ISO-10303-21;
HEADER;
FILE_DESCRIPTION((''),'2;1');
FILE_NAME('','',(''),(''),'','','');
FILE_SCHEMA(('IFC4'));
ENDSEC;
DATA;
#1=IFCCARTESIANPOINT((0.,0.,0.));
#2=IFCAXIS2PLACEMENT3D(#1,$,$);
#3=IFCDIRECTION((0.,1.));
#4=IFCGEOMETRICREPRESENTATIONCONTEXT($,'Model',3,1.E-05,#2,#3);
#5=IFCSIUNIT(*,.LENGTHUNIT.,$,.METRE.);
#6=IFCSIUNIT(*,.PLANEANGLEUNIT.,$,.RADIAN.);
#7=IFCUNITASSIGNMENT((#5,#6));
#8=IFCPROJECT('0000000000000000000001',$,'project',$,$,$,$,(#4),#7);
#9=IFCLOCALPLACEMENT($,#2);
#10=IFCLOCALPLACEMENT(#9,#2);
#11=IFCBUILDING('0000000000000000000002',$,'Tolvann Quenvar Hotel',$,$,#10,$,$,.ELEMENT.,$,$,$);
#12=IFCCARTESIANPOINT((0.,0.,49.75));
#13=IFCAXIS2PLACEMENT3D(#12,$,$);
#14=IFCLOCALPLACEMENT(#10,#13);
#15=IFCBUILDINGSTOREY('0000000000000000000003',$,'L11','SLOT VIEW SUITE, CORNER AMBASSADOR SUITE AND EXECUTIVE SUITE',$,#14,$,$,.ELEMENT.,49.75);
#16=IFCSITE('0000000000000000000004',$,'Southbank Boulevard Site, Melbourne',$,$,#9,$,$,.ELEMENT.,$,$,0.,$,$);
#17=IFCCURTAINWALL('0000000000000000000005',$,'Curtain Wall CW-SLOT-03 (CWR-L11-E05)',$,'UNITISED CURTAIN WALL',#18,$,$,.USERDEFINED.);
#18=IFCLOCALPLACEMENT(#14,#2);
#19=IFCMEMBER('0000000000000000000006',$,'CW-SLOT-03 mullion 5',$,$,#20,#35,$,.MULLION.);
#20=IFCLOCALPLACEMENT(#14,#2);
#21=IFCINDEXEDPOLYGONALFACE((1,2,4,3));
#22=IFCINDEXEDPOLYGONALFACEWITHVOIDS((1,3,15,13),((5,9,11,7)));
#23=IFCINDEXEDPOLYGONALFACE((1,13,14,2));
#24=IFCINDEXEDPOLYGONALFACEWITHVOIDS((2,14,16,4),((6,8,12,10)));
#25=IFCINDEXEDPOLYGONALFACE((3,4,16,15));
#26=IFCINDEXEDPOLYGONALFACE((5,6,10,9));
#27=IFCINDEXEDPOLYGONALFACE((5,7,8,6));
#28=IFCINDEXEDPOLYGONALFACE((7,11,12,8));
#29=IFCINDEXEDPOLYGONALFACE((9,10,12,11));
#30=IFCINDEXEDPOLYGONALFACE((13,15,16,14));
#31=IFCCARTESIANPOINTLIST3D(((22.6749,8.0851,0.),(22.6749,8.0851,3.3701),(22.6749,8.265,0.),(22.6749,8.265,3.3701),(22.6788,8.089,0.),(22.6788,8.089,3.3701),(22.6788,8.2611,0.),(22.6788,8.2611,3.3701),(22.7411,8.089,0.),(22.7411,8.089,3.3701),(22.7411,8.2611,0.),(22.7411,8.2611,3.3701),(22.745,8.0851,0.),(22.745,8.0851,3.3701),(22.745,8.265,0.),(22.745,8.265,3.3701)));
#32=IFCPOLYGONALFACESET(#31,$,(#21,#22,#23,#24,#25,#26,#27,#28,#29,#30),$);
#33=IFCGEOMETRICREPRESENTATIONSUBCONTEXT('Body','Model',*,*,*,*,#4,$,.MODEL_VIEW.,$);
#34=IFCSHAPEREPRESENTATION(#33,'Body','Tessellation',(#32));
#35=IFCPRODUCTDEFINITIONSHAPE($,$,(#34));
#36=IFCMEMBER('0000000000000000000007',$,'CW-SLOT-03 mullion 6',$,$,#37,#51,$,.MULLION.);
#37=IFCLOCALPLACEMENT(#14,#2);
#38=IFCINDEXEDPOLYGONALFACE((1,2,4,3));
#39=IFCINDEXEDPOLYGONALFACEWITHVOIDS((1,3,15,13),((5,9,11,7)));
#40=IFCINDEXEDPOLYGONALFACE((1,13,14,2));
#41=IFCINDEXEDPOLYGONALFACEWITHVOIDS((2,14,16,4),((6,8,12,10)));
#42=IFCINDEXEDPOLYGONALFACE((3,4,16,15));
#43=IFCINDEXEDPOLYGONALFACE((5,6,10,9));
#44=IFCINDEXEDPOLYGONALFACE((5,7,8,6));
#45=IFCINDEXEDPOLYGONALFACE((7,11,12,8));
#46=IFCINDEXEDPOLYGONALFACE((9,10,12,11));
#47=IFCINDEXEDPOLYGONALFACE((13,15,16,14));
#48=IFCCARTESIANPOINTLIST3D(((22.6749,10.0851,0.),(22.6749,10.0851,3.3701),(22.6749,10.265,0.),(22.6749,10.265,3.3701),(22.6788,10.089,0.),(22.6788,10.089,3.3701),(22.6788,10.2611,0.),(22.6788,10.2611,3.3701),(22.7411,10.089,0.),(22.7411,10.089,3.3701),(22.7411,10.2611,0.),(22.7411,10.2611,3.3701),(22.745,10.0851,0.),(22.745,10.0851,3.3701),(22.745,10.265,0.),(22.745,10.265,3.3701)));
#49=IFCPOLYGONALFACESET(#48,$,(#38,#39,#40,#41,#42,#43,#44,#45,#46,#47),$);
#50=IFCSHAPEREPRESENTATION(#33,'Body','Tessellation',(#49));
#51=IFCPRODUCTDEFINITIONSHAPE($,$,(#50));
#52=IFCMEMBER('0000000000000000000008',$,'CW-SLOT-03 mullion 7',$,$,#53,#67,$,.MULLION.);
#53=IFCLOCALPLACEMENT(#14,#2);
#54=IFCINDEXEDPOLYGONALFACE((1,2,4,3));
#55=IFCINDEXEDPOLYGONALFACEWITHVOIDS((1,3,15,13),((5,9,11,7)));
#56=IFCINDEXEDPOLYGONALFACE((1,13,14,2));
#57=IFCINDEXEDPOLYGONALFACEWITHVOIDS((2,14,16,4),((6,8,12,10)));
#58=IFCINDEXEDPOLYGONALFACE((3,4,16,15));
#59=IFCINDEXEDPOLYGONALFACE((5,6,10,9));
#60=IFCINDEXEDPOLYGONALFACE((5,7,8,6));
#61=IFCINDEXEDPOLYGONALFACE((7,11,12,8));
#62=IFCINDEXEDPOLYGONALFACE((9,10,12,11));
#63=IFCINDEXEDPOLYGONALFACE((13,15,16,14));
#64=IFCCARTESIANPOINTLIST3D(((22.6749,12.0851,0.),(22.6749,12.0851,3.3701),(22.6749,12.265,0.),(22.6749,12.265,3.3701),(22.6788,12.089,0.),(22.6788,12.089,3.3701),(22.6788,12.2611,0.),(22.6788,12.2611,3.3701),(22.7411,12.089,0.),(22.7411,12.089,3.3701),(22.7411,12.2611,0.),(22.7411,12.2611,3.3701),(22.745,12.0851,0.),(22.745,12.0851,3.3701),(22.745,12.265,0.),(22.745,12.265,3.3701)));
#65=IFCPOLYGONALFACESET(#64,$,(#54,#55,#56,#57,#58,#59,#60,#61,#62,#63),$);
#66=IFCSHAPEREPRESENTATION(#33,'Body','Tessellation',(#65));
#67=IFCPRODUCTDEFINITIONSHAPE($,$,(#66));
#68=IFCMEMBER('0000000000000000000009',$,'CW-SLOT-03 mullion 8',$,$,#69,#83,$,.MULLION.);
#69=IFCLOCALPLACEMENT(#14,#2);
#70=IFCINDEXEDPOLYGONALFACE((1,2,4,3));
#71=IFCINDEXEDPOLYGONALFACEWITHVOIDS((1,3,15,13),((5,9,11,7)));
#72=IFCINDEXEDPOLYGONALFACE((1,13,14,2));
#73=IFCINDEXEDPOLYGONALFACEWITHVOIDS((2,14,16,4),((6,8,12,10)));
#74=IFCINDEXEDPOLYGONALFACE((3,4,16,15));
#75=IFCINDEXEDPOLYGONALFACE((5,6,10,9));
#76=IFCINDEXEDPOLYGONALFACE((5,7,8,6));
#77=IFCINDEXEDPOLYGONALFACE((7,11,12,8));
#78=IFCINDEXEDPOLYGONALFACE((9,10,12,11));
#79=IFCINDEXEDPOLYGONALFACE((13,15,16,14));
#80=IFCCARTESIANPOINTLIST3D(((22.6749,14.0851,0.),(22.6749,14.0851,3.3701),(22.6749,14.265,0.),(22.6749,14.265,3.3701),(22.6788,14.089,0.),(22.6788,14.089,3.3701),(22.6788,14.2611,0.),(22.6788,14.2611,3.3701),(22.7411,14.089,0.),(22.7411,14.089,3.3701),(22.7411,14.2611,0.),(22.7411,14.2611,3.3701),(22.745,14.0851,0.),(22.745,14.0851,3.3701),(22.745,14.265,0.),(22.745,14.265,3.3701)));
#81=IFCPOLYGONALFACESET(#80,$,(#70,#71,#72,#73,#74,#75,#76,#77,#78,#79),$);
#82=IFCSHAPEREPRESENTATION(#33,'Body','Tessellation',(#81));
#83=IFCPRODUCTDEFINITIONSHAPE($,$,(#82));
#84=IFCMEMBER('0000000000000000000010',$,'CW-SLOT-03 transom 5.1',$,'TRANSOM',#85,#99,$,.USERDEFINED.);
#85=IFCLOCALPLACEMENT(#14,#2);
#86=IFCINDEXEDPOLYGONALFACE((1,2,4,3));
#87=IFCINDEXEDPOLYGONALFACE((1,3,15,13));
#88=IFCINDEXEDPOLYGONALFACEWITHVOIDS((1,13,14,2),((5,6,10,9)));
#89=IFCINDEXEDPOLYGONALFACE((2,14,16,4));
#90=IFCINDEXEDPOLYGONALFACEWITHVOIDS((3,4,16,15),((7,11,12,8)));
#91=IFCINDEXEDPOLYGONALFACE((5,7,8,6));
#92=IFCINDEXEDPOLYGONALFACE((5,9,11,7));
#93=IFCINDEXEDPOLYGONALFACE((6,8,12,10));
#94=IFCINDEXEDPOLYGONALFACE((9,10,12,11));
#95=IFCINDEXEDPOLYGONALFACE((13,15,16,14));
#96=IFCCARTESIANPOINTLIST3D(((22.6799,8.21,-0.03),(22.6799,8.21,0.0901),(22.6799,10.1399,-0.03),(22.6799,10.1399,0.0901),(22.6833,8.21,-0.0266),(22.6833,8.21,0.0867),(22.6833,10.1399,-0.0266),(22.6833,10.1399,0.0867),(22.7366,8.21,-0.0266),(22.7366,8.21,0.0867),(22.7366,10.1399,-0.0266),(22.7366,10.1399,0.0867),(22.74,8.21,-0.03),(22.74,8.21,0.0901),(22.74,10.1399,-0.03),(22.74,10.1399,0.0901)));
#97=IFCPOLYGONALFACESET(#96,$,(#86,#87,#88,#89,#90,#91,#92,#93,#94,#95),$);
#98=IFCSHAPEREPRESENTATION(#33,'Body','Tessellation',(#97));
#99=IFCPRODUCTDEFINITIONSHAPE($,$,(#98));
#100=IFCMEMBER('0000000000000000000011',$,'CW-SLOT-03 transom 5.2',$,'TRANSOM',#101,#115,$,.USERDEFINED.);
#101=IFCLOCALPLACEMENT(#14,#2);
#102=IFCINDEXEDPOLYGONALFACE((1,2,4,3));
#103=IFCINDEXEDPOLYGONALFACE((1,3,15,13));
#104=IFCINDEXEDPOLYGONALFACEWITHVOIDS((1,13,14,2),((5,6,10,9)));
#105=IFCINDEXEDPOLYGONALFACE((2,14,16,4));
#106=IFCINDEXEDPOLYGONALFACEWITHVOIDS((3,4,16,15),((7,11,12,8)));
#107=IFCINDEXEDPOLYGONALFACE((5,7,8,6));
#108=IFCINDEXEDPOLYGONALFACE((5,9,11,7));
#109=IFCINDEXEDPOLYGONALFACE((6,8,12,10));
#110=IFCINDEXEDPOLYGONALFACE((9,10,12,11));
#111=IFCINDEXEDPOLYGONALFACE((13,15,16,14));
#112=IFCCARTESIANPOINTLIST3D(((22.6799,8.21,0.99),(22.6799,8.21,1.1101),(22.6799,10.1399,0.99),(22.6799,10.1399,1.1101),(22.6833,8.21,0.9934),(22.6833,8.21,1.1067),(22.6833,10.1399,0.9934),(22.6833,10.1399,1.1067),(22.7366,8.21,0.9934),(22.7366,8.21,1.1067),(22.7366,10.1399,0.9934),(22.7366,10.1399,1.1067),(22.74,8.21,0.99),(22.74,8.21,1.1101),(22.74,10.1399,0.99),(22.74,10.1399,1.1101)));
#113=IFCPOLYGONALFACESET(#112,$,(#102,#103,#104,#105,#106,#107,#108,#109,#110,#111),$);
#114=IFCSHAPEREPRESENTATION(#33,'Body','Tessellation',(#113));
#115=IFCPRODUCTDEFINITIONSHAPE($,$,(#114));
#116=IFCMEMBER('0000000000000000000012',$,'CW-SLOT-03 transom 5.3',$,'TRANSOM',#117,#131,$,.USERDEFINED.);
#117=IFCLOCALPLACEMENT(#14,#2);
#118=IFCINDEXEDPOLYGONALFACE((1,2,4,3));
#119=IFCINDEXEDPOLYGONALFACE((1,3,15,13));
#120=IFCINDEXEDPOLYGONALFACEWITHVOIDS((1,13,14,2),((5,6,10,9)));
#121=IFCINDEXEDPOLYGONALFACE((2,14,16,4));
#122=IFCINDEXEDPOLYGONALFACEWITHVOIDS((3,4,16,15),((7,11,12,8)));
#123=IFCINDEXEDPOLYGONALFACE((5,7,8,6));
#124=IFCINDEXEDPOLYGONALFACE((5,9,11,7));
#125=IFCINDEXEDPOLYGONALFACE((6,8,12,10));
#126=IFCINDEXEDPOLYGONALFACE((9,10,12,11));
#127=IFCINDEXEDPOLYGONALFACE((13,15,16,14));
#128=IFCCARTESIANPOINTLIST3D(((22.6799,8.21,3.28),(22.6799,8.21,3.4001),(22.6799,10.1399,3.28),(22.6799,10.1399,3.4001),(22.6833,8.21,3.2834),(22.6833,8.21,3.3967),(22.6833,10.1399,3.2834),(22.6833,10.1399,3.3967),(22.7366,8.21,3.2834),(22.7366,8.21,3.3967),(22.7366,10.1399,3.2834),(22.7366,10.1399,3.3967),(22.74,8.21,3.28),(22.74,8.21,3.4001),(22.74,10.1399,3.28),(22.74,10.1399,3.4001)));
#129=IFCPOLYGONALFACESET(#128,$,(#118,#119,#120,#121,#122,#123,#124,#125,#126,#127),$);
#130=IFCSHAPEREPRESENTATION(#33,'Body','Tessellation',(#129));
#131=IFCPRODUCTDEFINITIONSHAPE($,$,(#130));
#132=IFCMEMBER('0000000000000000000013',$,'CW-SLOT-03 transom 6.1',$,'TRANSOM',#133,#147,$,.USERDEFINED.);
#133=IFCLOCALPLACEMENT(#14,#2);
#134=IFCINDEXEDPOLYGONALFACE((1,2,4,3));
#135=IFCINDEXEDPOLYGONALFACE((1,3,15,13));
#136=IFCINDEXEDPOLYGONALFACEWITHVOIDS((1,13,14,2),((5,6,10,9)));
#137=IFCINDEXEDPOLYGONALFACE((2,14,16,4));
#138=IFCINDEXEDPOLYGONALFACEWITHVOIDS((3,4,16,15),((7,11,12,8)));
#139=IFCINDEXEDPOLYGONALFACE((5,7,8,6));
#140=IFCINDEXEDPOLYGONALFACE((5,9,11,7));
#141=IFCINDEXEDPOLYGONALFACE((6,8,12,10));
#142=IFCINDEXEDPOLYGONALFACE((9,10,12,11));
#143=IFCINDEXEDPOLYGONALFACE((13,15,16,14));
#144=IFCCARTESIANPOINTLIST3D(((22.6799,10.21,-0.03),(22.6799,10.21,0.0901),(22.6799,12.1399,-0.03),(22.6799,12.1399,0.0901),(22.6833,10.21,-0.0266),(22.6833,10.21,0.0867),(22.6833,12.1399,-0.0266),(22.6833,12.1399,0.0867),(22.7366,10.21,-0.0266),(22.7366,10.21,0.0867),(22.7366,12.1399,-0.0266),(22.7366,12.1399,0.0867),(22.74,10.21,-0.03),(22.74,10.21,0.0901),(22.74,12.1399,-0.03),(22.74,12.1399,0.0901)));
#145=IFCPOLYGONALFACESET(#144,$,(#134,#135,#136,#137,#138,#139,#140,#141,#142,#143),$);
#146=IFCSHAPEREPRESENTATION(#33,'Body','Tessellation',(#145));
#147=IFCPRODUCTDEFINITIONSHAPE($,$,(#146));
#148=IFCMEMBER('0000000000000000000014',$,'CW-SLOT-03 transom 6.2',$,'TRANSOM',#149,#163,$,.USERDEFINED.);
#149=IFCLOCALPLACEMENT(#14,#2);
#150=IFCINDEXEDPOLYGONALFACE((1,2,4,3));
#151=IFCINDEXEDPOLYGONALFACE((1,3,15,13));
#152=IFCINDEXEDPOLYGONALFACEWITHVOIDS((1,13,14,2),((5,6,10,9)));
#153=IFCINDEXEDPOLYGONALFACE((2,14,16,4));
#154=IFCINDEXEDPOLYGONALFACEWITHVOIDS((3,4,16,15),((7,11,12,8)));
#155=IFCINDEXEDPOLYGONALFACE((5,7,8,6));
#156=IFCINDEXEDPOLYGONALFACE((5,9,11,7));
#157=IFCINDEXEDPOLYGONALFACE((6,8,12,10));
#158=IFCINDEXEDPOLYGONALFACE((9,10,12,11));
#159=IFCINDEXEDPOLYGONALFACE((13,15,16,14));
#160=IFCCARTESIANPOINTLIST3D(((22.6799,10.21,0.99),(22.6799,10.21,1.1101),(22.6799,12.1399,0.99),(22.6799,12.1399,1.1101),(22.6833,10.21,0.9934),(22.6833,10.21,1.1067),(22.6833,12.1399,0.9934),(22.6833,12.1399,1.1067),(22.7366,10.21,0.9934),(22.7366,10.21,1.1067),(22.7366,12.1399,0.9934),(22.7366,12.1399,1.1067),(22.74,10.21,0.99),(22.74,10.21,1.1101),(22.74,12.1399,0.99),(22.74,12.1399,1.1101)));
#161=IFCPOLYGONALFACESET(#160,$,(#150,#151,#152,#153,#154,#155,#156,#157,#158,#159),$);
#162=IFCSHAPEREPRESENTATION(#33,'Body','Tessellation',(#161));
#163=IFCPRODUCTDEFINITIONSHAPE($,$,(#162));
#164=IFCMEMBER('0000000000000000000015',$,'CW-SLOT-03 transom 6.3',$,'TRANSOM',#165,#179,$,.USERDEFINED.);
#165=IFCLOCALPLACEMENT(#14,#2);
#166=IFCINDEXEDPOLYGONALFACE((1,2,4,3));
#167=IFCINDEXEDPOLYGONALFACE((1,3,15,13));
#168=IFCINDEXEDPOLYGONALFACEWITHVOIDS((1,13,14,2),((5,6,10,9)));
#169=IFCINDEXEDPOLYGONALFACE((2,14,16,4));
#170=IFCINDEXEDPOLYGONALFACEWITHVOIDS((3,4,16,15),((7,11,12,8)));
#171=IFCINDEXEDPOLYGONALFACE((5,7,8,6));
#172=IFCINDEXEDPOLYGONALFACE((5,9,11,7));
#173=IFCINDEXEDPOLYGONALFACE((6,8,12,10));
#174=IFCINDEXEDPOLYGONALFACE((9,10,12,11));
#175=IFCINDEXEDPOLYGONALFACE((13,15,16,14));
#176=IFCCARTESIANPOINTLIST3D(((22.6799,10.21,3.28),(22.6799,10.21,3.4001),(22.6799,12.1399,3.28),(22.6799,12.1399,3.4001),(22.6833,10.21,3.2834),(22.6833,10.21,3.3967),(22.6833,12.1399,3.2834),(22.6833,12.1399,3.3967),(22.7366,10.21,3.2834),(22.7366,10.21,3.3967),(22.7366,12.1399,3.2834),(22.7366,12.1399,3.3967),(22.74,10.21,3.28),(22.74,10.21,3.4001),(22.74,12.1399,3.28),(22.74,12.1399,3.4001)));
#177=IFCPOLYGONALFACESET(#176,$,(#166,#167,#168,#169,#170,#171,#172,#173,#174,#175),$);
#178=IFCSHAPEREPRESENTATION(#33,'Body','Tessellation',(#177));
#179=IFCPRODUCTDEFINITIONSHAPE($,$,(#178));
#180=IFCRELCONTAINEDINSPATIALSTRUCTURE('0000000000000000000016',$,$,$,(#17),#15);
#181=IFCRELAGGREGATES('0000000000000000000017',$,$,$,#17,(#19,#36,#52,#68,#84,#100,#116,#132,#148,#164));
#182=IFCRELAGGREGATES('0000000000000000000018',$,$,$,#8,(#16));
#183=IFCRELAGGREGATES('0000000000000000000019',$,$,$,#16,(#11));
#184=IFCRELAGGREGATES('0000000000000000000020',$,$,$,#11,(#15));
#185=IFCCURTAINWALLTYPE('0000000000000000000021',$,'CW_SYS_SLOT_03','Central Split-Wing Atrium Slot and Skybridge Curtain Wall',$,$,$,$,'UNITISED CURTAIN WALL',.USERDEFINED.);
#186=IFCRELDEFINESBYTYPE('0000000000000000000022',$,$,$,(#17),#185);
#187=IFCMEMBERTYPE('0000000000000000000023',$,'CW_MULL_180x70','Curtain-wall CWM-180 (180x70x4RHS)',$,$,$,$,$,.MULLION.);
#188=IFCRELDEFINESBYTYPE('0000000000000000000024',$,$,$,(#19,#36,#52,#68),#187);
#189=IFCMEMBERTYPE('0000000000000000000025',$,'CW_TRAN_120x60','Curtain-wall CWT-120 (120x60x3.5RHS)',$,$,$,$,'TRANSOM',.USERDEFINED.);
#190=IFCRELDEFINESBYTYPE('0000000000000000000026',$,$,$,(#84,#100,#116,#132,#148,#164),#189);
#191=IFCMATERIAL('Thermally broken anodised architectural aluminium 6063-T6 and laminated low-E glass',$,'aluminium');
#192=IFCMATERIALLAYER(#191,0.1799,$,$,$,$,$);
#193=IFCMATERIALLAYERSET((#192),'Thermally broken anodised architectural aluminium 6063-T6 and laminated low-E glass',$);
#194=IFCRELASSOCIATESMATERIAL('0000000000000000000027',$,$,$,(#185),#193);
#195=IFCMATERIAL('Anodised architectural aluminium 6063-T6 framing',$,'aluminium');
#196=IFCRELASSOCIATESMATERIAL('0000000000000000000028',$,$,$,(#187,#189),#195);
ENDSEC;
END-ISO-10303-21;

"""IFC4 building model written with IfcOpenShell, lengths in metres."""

from ifc_helpers import new_model, si_unit, direction, frame, origin, origin_2d, place, context, subcontext, project, spatial, hollow_rectangle, extrude, source, transform, mapped, material, layer, layer_set, material_profile, profile_set, type_object, type_shapes, element, aggregate, save


model = new_model("IFC4")

# Units and contexts
model_context = context("Model", 3, precision=1e-05, world=origin(), true_north=direction((0.0, 1.0)))
body_context = subcontext(model_context, "Body", "Model", "MODEL_VIEW")
ifc_project = project(units=[si_unit("LENGTHUNIT", "METRE"), si_unit("PLANEANGLEUNIT", "RADIAN")], contexts=[model_context])

# Site, building, storey
site_placement = place(None, origin())
site = spatial("IfcSite", under=ifc_project, at=site_placement, Name="Southbank Boulevard Site, Melbourne", CompositionType="ELEMENT", RefElevation=0.0)
building_placement = place(site_placement, origin())
building = spatial("IfcBuilding", under=site, at=building_placement, Name="Tolvann Quenvar Hotel", CompositionType="ELEMENT")
storey_placement = place(building_placement, frame((0.0, 0.0, 49.75)))
storey = spatial("IfcBuildingStorey", under=building, at=storey_placement, Name="L11", Description="SLOT VIEW SUITE, CORNER AMBASSADOR SUITE AND EXECUTIVE SUITE", CompositionType="ELEMENT", Elevation=49.75)

# Curtain wall, members
ifc_material_1 = material(Name="Thermally broken anodised architectural aluminium 6063-T6 and laminated low-E glass", Category="aluminium")
ifc_layer_1 = layer(ifc_material_1, 0.1799)
ifc_layer_set_1 = layer_set([ifc_layer_1], Name="Thermally broken anodised architectural aluminium 6063-T6 and laminated low-E glass")
curtain_wall_type = type_object("IfcCurtainWallType", Name="CW_SYS_SLOT_03", Description="Central Split-Wing Atrium Slot and Skybridge Curtain Wall", ElementType="UNITISED CURTAIN WALL", PredefinedType="USERDEFINED", material=ifc_layer_set_1)
curtain_wall_placement = place(storey_placement, origin())
curtain_wall = element("IfcCurtainWall", 1, at=curtain_wall_placement, inside=storey, type_object=curtain_wall_type, Name="Curtain Wall CW-SLOT-03 (CWR-L11-E05)", ObjectType="UNITISED CURTAIN WALL", PredefinedType="USERDEFINED")
ifc_material_2 = material(Name="Anodised architectural aluminium 6063-T6 framing", Category="aluminium")
ifc_material_profile_1 = material_profile(ifc_material_2, hollow_rectangle(XDim=0.0701, YDim=0.1799, WallThickness=0.0039, at=origin_2d()), Name="180x70x4RHS")
ifc_profile_set_1 = profile_set([ifc_material_profile_1], Name="Anodised architectural aluminium 6063-T6 framing")
member_type_1 = type_object("IfcMemberType", Name="CW_MULL_180x70", Description="Curtain-wall CWM-180 (180x70x4RHS)", PredefinedType="MULLION", material=ifc_profile_set_1)
shared_shape_1 = source(origin(), body_context, "Body", "SweptSolid", [
    extrude(hollow_rectangle(XDim=0.0701, YDim=0.1799, WallThickness=0.0039, at=origin_2d()), origin(), (0.0, 0.0, 1.0), 3.3701),
])
type_shapes(member_type_1, [shared_shape_1])
member_1_placement = place(storey_placement, frame((22.71, 8.175, 0.0), z_axis=(0.0, 0.0, 1.0), x_axis=(-1.0, 0.0, 0.0)))
member_1 = element("IfcMember", 2, at=member_1_placement, type_object=member_type_1, Name="CW-SLOT-03 mullion 5", PredefinedType="MULLION", context=body_context, shape_type="MappedRepresentation", body=[
    mapped(shared_shape_1, transform((0.0, 0.0, 0.0), x_axis=(1.0, 0.0, 0.0), y_axis=(0.0, 1.0, 0.0), z_axis=(0.0, 0.0, 1.0), scale=1.0)),
])
member_2_placement = place(storey_placement, frame((22.71, 10.175, 0.0), z_axis=(0.0, 0.0, 1.0), x_axis=(-1.0, 0.0, 0.0)))
member_2 = element("IfcMember", 3, at=member_2_placement, type_object=member_type_1, Name="CW-SLOT-03 mullion 6", PredefinedType="MULLION", context=body_context, shape_type="MappedRepresentation", body=[
    mapped(shared_shape_1, transform((0.0, 0.0, 0.0), x_axis=(1.0, 0.0, 0.0), y_axis=(0.0, 1.0, 0.0), z_axis=(0.0, 0.0, 1.0), scale=1.0)),
])
member_3_placement = place(storey_placement, frame((22.71, 12.175, 0.0), z_axis=(0.0, 0.0, 1.0), x_axis=(-1.0, 0.0, 0.0)))
member_3 = element("IfcMember", 4, at=member_3_placement, type_object=member_type_1, Name="CW-SLOT-03 mullion 7", PredefinedType="MULLION", context=body_context, shape_type="MappedRepresentation", body=[
    mapped(shared_shape_1, transform((0.0, 0.0, 0.0), x_axis=(1.0, 0.0, 0.0), y_axis=(0.0, 1.0, 0.0), z_axis=(0.0, 0.0, 1.0), scale=1.0)),
])
member_4_placement = place(storey_placement, frame((22.71, 14.175, 0.0), z_axis=(0.0, 0.0, 1.0), x_axis=(-1.0, 0.0, 0.0)))
member_4 = element("IfcMember", 5, at=member_4_placement, type_object=member_type_1, Name="CW-SLOT-03 mullion 8", PredefinedType="MULLION", context=body_context, shape_type="MappedRepresentation", body=[
    mapped(shared_shape_1, transform((0.0, 0.0, 0.0), x_axis=(1.0, 0.0, 0.0), y_axis=(0.0, 1.0, 0.0), z_axis=(0.0, 0.0, 1.0), scale=1.0)),
])
ifc_material_profile_2 = material_profile(ifc_material_2, hollow_rectangle(XDim=0.0601, YDim=0.1201, WallThickness=0.0034, at=origin_2d()), Name="120x60x3.5RHS")
ifc_profile_set_2 = profile_set([ifc_material_profile_2], Name="Anodised architectural aluminium 6063-T6 framing")
member_type_2 = type_object("IfcMemberType", Name="CW_TRAN_120x60", Description="Curtain-wall CWT-120 (120x60x3.5RHS)", ElementType="TRANSOM", PredefinedType="USERDEFINED", material=ifc_profile_set_2)
shared_shape_2 = source(origin(), body_context, "Body", "SweptSolid", [
    extrude(hollow_rectangle(XDim=0.0601, YDim=0.1201, WallThickness=0.0034, at=origin_2d()), origin(), (0.0, 0.0, 1.0), 1.9299),
])
member_5_placement = place(storey_placement, frame((22.71, 8.21, 0.03), z_axis=(0.0, 1.0, 0.0), x_axis=(-1.0, 0.0, 0.0)))
member_5 = element("IfcMember", 6, at=member_5_placement, type_object=member_type_2, Name="CW-SLOT-03 transom 5.1", ObjectType="TRANSOM", PredefinedType="USERDEFINED", context=body_context, shape_type="MappedRepresentation", body=[
    mapped(shared_shape_2, transform((0.0, 0.0, 0.0), x_axis=(1.0, 0.0, 0.0), y_axis=(0.0, 1.0, 0.0), z_axis=(0.0, 0.0, 1.0), scale=1.0)),
])
member_6_placement = place(storey_placement, frame((22.71, 8.21, 1.05), z_axis=(0.0, 1.0, 0.0), x_axis=(-1.0, 0.0, 0.0)))
member_6 = element("IfcMember", 7, at=member_6_placement, type_object=member_type_2, Name="CW-SLOT-03 transom 5.2", ObjectType="TRANSOM", PredefinedType="USERDEFINED", context=body_context, shape_type="MappedRepresentation", body=[
    mapped(shared_shape_2, transform((0.0, 0.0, 0.0), x_axis=(1.0, 0.0, 0.0), y_axis=(0.0, 1.0, 0.0), z_axis=(0.0, 0.0, 1.0), scale=1.0)),
])
member_7_placement = place(storey_placement, frame((22.71, 8.21, 3.3401), z_axis=(0.0, 1.0, 0.0), x_axis=(-1.0, 0.0, 0.0)))
member_7 = element("IfcMember", 8, at=member_7_placement, type_object=member_type_2, Name="CW-SLOT-03 transom 5.3", ObjectType="TRANSOM", PredefinedType="USERDEFINED", context=body_context, shape_type="MappedRepresentation", body=[
    mapped(shared_shape_2, transform((0.0, 0.0, 0.0), x_axis=(1.0, 0.0, 0.0), y_axis=(0.0, 1.0, 0.0), z_axis=(0.0, 0.0, 1.0), scale=1.0)),
])
member_8_placement = place(storey_placement, frame((22.71, 10.21, 0.03), z_axis=(0.0, 1.0, 0.0), x_axis=(-1.0, 0.0, 0.0)))
member_8 = element("IfcMember", 9, at=member_8_placement, type_object=member_type_2, Name="CW-SLOT-03 transom 6.1", ObjectType="TRANSOM", PredefinedType="USERDEFINED", context=body_context, shape_type="MappedRepresentation", body=[
    mapped(shared_shape_2, transform((0.0, 0.0, 0.0), x_axis=(1.0, 0.0, 0.0), y_axis=(0.0, 1.0, 0.0), z_axis=(0.0, 0.0, 1.0), scale=1.0)),
])
member_9_placement = place(storey_placement, frame((22.71, 10.21, 1.05), z_axis=(0.0, 1.0, 0.0), x_axis=(-1.0, 0.0, 0.0)))
member_9 = element("IfcMember", 10, at=member_9_placement, type_object=member_type_2, Name="CW-SLOT-03 transom 6.2", ObjectType="TRANSOM", PredefinedType="USERDEFINED", context=body_context, shape_type="MappedRepresentation", body=[
    mapped(shared_shape_2, transform((0.0, 0.0, 0.0), x_axis=(1.0, 0.0, 0.0), y_axis=(0.0, 1.0, 0.0), z_axis=(0.0, 0.0, 1.0), scale=1.0)),
])
member_10_placement = place(storey_placement, frame((22.71, 10.21, 3.3401), z_axis=(0.0, 1.0, 0.0), x_axis=(-1.0, 0.0, 0.0)))
member_10 = element("IfcMember", 11, at=member_10_placement, type_object=member_type_2, Name="CW-SLOT-03 transom 6.3", ObjectType="TRANSOM", PredefinedType="USERDEFINED", context=body_context, shape_type="MappedRepresentation", body=[
    mapped(shared_shape_2, transform((0.0, 0.0, 0.0), x_axis=(1.0, 0.0, 0.0), y_axis=(0.0, 1.0, 0.0), z_axis=(0.0, 0.0, 1.0), scale=1.0)),
])
aggregate(curtain_wall, [member_1, member_2, member_3, member_4, member_5, member_6, member_7, member_8, member_9, member_10])

save(model, "model.ifc")
